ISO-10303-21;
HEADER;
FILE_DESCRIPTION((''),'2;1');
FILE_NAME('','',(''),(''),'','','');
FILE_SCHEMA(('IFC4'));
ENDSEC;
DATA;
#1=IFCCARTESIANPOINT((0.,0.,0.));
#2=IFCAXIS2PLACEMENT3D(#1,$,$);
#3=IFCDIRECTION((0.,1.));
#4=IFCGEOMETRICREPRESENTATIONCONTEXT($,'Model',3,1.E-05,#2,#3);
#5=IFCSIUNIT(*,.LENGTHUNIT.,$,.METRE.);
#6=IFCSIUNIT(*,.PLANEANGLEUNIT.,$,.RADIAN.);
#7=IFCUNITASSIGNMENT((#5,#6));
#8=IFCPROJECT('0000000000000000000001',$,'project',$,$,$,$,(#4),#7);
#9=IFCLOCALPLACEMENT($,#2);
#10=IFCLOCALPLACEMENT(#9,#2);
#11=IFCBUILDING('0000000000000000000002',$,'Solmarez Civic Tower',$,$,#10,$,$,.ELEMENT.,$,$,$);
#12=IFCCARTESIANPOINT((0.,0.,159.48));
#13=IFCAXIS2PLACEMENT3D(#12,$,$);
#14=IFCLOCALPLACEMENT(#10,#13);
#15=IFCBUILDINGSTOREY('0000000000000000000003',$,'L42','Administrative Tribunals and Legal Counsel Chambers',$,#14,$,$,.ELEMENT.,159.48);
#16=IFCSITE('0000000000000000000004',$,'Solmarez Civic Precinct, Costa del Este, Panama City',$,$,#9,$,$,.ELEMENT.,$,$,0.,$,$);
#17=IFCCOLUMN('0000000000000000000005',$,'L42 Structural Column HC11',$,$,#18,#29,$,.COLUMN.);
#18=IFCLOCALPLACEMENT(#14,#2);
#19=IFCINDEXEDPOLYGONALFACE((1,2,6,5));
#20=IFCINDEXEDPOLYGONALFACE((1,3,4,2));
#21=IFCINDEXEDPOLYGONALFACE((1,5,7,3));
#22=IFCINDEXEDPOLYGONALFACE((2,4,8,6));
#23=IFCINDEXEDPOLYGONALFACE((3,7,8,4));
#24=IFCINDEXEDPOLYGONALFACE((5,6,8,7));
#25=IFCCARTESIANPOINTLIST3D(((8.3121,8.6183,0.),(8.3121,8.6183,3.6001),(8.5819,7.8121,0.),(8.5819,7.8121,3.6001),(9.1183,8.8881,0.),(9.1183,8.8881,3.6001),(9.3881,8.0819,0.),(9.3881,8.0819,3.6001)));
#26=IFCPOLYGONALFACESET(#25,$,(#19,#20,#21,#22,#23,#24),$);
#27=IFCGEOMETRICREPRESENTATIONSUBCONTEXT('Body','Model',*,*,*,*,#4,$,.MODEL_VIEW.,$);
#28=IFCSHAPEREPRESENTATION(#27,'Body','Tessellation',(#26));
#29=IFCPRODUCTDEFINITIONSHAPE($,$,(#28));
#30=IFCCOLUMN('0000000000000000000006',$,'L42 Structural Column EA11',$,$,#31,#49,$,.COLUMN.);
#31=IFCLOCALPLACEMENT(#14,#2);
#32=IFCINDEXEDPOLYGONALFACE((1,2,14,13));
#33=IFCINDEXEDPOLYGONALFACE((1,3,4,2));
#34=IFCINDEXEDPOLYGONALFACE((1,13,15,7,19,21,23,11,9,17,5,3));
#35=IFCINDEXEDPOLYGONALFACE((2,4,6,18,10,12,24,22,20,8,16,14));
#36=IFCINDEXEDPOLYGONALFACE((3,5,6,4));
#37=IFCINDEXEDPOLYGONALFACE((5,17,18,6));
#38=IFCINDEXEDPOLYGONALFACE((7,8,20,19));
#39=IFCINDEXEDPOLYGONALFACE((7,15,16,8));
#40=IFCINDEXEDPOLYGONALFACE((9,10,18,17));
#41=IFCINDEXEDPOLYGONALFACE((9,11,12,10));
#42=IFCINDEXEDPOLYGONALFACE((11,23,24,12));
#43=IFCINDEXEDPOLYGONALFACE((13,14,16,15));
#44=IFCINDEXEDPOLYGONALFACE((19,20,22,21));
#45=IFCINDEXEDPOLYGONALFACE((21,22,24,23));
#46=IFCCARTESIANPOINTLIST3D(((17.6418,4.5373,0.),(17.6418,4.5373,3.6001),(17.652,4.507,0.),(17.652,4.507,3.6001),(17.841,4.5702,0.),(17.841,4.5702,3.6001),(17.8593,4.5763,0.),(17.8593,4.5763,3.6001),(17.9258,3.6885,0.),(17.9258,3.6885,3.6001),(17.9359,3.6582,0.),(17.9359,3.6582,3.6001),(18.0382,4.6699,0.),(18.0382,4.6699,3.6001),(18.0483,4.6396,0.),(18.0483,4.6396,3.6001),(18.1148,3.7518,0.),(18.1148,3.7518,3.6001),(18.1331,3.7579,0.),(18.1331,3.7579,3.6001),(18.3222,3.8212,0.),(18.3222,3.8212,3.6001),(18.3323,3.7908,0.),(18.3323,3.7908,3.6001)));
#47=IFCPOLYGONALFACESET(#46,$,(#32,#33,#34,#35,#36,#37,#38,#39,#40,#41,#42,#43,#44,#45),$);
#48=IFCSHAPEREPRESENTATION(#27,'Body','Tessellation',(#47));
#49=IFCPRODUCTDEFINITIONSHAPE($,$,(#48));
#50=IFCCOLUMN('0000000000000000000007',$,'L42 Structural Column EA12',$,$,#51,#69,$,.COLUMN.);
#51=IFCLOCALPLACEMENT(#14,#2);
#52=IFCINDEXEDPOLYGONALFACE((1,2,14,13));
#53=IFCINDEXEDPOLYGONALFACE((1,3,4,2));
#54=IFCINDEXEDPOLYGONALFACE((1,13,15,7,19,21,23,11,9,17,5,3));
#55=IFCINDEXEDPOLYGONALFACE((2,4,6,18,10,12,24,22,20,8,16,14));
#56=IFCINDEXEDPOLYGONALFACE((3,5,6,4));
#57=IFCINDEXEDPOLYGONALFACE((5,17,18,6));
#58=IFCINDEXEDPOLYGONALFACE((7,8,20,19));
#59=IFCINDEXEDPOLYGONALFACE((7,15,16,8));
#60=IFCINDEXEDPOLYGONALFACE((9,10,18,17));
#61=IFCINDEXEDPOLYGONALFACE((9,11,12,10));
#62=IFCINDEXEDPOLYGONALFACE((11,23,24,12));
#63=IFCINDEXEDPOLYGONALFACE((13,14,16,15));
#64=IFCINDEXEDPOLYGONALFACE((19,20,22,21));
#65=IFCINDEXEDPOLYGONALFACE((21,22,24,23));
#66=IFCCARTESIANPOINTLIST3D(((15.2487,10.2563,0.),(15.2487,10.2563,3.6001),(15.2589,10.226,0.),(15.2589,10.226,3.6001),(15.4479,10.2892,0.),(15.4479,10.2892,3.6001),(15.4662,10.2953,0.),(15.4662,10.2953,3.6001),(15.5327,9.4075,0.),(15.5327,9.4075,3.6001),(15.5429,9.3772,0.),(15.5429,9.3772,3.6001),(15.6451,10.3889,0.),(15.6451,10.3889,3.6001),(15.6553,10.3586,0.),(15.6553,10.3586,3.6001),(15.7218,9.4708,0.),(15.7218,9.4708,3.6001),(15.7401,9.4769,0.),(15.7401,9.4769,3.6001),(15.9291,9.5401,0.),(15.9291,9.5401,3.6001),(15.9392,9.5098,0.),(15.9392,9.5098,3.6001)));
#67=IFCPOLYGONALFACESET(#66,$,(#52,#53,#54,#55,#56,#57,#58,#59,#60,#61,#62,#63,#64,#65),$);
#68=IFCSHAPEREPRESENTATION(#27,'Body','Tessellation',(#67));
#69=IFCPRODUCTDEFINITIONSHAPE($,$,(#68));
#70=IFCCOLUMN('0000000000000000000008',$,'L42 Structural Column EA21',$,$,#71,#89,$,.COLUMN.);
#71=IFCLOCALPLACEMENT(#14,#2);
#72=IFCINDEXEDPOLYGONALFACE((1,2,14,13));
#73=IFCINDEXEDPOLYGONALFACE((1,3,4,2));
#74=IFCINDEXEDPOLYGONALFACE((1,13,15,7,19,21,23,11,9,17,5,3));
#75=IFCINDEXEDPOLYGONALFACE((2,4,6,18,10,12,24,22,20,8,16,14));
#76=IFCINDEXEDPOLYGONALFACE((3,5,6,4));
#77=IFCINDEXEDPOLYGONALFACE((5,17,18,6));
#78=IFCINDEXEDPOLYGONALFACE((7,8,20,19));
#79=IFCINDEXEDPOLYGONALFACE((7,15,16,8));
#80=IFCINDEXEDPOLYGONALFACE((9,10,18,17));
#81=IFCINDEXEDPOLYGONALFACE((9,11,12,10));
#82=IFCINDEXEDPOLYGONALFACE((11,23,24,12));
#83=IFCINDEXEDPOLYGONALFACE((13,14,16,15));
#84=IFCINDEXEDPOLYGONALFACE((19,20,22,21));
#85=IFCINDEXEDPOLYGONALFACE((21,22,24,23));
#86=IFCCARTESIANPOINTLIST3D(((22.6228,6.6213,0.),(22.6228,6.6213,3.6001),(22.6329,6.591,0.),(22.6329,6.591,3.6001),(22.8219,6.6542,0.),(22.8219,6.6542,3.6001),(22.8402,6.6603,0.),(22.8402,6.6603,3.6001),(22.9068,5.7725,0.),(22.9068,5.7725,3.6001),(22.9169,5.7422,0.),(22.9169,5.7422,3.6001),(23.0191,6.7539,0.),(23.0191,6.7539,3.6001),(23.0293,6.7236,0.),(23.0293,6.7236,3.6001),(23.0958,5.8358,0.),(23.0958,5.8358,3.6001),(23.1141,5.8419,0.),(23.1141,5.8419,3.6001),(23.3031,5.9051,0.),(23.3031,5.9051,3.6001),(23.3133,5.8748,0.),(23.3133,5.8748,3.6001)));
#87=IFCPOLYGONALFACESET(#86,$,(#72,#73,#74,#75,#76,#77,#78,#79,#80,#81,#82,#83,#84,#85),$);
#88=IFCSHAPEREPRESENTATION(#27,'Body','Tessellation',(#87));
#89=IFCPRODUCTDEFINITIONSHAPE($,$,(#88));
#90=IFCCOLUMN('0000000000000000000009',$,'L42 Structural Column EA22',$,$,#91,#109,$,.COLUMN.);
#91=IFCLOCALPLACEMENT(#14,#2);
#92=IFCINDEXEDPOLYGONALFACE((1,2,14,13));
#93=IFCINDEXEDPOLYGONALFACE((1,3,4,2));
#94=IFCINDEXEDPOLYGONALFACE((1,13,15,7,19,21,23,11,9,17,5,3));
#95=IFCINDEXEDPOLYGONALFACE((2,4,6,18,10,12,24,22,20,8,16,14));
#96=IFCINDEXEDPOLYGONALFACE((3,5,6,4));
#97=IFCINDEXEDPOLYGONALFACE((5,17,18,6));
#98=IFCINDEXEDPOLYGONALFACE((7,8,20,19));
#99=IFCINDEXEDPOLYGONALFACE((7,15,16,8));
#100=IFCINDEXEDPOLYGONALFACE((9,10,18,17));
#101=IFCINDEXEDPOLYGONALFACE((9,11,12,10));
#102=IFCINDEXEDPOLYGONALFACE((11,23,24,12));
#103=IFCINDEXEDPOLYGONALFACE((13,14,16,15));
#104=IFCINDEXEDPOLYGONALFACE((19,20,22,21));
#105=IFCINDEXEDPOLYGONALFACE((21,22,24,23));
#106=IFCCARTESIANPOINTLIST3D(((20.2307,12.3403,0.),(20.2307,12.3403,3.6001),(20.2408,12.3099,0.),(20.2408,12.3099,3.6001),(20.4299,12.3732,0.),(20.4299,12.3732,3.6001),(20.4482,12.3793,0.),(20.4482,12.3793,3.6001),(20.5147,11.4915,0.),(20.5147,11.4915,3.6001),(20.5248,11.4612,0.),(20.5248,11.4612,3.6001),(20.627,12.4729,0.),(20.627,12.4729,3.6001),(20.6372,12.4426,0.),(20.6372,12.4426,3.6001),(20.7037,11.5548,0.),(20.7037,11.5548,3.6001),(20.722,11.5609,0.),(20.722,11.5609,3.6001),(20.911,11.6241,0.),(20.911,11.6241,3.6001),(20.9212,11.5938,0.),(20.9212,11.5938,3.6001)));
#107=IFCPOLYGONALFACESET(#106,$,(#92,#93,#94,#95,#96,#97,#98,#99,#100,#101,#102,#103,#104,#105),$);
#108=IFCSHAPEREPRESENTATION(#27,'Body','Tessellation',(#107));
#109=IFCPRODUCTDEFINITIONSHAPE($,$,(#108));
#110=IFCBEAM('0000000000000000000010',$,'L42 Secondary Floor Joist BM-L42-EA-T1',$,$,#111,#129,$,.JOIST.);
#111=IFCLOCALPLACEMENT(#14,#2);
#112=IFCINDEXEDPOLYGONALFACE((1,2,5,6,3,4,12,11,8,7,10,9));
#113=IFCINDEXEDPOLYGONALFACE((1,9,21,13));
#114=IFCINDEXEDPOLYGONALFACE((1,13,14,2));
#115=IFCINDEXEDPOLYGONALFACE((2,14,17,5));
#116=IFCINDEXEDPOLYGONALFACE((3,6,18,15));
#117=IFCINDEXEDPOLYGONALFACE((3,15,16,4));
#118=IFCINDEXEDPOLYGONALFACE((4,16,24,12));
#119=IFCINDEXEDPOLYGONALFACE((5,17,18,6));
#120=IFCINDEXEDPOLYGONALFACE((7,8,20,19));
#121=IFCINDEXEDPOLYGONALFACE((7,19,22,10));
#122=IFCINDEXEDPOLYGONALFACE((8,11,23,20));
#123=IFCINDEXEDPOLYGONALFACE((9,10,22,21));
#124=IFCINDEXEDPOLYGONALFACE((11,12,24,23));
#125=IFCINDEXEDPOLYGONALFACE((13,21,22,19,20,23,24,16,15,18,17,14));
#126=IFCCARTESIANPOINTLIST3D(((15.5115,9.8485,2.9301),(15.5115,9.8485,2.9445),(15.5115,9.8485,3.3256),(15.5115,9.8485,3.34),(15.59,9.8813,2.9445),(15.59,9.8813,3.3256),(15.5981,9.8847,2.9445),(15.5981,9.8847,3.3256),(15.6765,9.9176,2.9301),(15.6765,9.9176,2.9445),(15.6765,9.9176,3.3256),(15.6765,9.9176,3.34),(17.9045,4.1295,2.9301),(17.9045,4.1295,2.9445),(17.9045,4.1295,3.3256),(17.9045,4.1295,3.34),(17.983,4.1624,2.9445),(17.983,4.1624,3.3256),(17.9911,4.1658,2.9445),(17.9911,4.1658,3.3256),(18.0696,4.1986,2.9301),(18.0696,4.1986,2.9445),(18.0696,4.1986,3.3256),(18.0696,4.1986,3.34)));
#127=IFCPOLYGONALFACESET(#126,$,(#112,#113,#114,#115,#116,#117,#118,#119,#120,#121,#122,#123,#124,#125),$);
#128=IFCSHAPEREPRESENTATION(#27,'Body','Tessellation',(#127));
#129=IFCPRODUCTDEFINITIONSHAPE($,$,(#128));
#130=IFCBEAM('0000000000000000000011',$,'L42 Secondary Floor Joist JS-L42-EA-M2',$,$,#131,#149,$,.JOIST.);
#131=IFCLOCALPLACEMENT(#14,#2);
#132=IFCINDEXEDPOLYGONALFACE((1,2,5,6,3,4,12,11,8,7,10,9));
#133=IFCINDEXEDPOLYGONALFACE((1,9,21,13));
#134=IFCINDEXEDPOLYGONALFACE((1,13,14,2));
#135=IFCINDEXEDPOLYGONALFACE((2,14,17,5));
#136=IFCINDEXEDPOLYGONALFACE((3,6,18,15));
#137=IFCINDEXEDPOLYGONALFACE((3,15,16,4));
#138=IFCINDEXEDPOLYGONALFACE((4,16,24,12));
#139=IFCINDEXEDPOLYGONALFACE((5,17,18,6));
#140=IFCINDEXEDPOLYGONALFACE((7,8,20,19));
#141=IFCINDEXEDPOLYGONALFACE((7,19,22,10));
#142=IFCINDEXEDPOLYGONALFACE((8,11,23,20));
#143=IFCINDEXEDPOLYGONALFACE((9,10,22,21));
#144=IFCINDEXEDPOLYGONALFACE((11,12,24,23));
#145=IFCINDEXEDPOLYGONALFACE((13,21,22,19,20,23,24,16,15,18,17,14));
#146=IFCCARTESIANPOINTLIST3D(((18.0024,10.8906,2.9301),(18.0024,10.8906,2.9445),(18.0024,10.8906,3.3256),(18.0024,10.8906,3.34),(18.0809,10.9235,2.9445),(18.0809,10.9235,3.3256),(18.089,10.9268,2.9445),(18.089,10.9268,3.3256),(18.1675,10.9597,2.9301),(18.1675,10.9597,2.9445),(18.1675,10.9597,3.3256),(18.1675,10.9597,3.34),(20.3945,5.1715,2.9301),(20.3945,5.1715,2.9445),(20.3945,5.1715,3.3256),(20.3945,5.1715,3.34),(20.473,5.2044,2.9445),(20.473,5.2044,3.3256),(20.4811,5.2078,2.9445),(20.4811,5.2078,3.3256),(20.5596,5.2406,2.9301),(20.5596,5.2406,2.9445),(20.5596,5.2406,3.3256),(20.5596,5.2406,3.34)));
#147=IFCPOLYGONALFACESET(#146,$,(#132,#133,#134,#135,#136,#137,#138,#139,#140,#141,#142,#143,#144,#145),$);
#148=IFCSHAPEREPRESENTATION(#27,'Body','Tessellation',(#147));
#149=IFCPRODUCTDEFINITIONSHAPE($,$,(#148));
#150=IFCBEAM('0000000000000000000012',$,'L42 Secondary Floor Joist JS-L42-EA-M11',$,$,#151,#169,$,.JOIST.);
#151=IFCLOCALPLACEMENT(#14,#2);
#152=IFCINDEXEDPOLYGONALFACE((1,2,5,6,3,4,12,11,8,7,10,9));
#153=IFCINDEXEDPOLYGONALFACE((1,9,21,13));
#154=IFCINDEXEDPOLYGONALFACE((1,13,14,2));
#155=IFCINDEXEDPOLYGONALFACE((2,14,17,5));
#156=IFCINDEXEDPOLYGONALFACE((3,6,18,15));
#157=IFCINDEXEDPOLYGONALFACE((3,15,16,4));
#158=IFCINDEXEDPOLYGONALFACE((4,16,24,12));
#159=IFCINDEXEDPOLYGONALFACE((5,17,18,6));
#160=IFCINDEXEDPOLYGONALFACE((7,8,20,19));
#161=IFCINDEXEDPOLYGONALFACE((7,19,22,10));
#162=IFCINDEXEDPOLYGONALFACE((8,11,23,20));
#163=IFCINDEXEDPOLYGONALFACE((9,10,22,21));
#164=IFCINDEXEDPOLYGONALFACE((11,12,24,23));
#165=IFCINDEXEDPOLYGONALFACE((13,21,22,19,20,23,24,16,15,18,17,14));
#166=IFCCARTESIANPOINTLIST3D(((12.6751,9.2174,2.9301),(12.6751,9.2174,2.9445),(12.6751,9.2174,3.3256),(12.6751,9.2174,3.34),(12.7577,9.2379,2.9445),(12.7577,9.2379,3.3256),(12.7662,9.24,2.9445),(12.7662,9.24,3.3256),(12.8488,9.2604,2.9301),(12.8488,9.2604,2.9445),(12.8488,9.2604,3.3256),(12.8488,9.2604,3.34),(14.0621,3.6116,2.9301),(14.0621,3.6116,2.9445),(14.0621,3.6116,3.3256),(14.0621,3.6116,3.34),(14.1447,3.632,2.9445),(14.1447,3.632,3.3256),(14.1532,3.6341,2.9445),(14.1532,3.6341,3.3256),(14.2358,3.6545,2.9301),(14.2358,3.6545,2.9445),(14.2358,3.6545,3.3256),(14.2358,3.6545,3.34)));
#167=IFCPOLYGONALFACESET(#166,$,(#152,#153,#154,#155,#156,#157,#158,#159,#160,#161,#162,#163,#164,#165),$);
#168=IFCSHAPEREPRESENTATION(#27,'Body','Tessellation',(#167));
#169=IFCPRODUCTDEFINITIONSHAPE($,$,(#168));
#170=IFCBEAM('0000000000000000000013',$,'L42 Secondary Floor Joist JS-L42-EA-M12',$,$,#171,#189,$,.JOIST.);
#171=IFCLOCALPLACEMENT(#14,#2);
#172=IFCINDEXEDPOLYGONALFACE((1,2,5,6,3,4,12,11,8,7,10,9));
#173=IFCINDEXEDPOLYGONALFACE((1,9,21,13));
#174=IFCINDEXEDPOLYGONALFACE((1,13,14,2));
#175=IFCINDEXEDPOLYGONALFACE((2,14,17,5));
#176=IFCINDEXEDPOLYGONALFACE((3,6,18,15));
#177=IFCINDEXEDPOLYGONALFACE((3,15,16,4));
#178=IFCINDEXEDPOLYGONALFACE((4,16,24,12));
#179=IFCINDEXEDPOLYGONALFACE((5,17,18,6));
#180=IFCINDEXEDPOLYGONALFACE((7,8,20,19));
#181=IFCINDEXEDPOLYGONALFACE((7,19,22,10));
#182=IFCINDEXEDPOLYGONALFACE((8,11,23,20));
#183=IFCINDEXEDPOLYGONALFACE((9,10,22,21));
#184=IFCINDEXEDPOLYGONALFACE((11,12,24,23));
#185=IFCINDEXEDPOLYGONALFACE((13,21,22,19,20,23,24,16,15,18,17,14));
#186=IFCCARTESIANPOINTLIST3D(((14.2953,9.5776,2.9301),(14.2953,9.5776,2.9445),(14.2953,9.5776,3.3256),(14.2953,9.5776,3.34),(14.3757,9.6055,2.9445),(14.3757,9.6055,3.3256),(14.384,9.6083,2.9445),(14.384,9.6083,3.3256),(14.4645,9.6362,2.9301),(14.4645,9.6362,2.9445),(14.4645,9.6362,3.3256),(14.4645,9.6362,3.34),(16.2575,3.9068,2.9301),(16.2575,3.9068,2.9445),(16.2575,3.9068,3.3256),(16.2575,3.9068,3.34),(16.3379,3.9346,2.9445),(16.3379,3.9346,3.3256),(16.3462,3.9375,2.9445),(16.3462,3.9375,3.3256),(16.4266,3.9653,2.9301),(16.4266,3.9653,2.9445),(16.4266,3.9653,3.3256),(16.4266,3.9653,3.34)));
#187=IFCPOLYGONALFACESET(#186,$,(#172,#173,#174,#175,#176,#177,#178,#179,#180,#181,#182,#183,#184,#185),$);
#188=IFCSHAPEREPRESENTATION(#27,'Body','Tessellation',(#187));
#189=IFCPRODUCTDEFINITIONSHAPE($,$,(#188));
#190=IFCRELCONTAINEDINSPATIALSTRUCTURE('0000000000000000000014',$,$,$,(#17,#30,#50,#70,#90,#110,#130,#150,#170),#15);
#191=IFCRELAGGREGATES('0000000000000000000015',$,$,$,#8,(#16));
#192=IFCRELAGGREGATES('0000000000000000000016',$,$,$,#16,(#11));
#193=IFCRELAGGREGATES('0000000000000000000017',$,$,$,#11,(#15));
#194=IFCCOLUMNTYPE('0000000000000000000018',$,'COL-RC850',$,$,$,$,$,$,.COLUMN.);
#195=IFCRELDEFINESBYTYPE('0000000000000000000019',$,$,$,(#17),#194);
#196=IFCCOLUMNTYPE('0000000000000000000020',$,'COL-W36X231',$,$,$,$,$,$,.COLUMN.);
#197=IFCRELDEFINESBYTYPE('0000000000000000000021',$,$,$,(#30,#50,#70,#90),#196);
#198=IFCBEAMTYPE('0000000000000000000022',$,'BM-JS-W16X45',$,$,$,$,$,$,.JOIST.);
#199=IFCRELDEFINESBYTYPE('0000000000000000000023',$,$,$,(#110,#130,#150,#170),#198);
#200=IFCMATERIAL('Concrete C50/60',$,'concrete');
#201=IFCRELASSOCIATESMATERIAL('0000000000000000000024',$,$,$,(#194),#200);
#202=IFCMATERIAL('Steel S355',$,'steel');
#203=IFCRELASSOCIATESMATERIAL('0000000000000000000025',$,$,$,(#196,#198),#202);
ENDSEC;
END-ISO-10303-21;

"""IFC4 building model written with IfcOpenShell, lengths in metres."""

from ifc_helpers import new_model, si_unit, direction, frame, origin, origin_2d, place, context, subcontext, project, spatial, rectangle, i_section, extrude, material, material_profile, profile_set, type_object, element, save


model = new_model("IFC4")

# Units and contexts
model_context = context("Model", 3, precision=1e-05, world=origin(), true_north=direction((0.0, 1.0)))
body_context = subcontext(model_context, "Body", "Model", "MODEL_VIEW")
ifc_project = project(units=[si_unit("LENGTHUNIT", "METRE"), si_unit("PLANEANGLEUNIT", "RADIAN")], contexts=[model_context])

# Site, building, storey
site_placement = place(None, origin())
site = spatial("IfcSite", under=ifc_project, at=site_placement, Name="Solmarez Civic Precinct, Costa del Este, Panama City", CompositionType="ELEMENT", RefElevation=0.0)
building_placement = place(site_placement, origin())
building = spatial("IfcBuilding", under=site, at=building_placement, Name="Solmarez Civic Tower", CompositionType="ELEMENT")
storey_placement = place(building_placement, frame((0.0, 0.0, 159.48)))
storey = spatial("IfcBuildingStorey", under=building, at=storey_placement, Name="L42", Description="Administrative Tribunals and Legal Counsel Chambers", CompositionType="ELEMENT", Elevation=159.48)

# Columns
ifc_material_1 = material(Name="Concrete C50/60", Category="concrete")
ifc_material_profile_1 = material_profile(ifc_material_1, rectangle(XDim=0.8501, YDim=0.8501, at=origin_2d()), Name="RC850X850")
ifc_profile_set_1 = profile_set([ifc_material_profile_1], Name="Concrete C50/60")
column_type_1 = type_object("IfcColumnType", Name="COL-RC850", PredefinedType="COLUMN", material=ifc_profile_set_1)
column_placement = place(storey_placement, frame((8.8501, 8.3501, 0.0), z_axis=(0.0, 0.0, 1.0), x_axis=(0.948324, 0.317305, 0.0)))
element("IfcColumn", 1, at=column_placement, inside=storey, type_object=column_type_1, Name="L42 Structural Column HC11", PredefinedType="COLUMN", context=body_context, shape_type="SweptSolid", body=[
    extrude(rectangle(XDim=0.8501, YDim=0.8501, at=origin_2d()), origin(), (0.0, 0.0, 1.0), 3.6001),
])
ifc_material_2 = material(Name="Steel S355", Category="steel")
ifc_material_profile_2 = material_profile(ifc_material_2, i_section(OverallWidth=0.418, OverallDepth=0.927, WebThickness=0.0193, FlangeThickness=0.032, at=origin_2d()), Name="W36X231")
ifc_profile_set_2 = profile_set([ifc_material_profile_2], Name="Steel S355")
column_type_2 = type_object("IfcColumnType", Name="COL-W36X231", PredefinedType="COLUMN", material=ifc_profile_set_2)
for number, where, z_axis, x_axis, name in (
    (2, (17.9871, 4.1641, 0.0), (0.0, 0.0, 1.0), (0.948324, 0.317305, 0.0), "L42 Structural Column EA11"),
    (3, (15.594, 9.8831, 0.0), (0.0, 0.0, 1.0), (0.948324, 0.317305, 0.0), "L42 Structural Column EA12"),
    (4, (22.968, 6.248, 0.0), (0.0, 0.0, 1.0), (0.948324, 0.317305, 0.0), "L42 Structural Column EA21"),
    (5, (20.5759, 11.967, 0.0), (0.0, 0.0, 1.0), (0.948324, 0.317305, 0.0), "L42 Structural Column EA22"),
):
    element("IfcColumn", number, at=place(storey_placement, frame(where, z_axis=z_axis, x_axis=x_axis)), inside=storey, type_object=column_type_2, Name=name, PredefinedType="COLUMN", context=body_context, shape_type="SweptSolid", body=[
        extrude(i_section(OverallWidth=0.418, OverallDepth=0.927, WebThickness=0.0193, FlangeThickness=0.032, at=origin_2d()), origin(), (0.0, 0.0, 1.0), 3.6001),
    ])

# Beams
ifc_material_profile_3 = material_profile(ifc_material_2, i_section(OverallWidth=0.179, OverallDepth=0.4099, WebThickness=0.0088, FlangeThickness=0.0144, at=origin_2d()), Name="W16X45")
ifc_profile_set_3 = profile_set([ifc_material_profile_3], Name="Steel S355")
beam_type_1 = type_object("IfcBeamType", Name="BM-JS-W16X45", PredefinedType="JOIST", material=ifc_profile_set_3)
beam_1_placement = place(storey_placement, frame((17.9871, 4.1641, 3.135), z_axis=(-0.38601, 0.922494, 0.0), x_axis=(-0.922494, -0.38601, 0.0)))
element("IfcBeam", 6, at=beam_1_placement, inside=storey, type_object=beam_type_1, Name="L42 Secondary Floor Joist BM-L42-EA-T1", PredefinedType="JOIST", context=body_context, shape_type="SweptSolid", body=[
    extrude(i_section(OverallWidth=0.179, OverallDepth=0.4099, WebThickness=0.0088, FlangeThickness=0.0144, at=origin_2d()), origin(), (0.0, 0.0, 1.0), 6.1995),
])
beam_2_placement = place(storey_placement, frame((20.4771, 5.2061, 3.135), z_axis=(-0.385876, 0.922551, 0.0), x_axis=(-0.922551, -0.385876, 0.0)))
element("IfcBeam", 7, at=beam_2_placement, inside=storey, type_object=beam_type_1, Name="L42 Secondary Floor Joist JS-L42-EA-M2", PredefinedType="JOIST", context=body_context, shape_type="SweptSolid", body=[
    extrude(i_section(OverallWidth=0.179, OverallDepth=0.4099, WebThickness=0.0088, FlangeThickness=0.0144, at=origin_2d()), origin(), (0.0, 0.0, 1.0), 6.1992),
])
beam_3_placement = place(storey_placement, frame((14.1489, 3.6331, 3.135), z_axis=(-0.240167, 0.970731, 0.0), x_axis=(-0.970731, -0.240167, 0.0)))
element("IfcBeam", 8, at=beam_3_placement, inside=storey, type_object=beam_type_1, Name="L42 Secondary Floor Joist JS-L42-EA-M11", PredefinedType="JOIST", context=body_context, shape_type="SweptSolid", body=[
    extrude(i_section(OverallWidth=0.179, OverallDepth=0.4099, WebThickness=0.0088, FlangeThickness=0.0144, at=origin_2d()), origin(), (0.0, 0.0, 1.0), 5.7749),
])
beam_4_placement = place(storey_placement, frame((16.342, 3.936, 3.135), z_axis=(-0.326985, 0.94503, 0.0), x_axis=(-0.94503, -0.326985, 0.0)))
element("IfcBeam", 9, at=beam_4_placement, inside=storey, type_object=beam_type_1, Name="L42 Secondary Floor Joist JS-L42-EA-M12", PredefinedType="JOIST", context=body_context, shape_type="SweptSolid", body=[
    extrude(i_section(OverallWidth=0.179, OverallDepth=0.4099, WebThickness=0.0088, FlangeThickness=0.0144, at=origin_2d()), origin(), (0.0, 0.0, 1.0), 6.0007),
])

save(model, "model.ifc")
